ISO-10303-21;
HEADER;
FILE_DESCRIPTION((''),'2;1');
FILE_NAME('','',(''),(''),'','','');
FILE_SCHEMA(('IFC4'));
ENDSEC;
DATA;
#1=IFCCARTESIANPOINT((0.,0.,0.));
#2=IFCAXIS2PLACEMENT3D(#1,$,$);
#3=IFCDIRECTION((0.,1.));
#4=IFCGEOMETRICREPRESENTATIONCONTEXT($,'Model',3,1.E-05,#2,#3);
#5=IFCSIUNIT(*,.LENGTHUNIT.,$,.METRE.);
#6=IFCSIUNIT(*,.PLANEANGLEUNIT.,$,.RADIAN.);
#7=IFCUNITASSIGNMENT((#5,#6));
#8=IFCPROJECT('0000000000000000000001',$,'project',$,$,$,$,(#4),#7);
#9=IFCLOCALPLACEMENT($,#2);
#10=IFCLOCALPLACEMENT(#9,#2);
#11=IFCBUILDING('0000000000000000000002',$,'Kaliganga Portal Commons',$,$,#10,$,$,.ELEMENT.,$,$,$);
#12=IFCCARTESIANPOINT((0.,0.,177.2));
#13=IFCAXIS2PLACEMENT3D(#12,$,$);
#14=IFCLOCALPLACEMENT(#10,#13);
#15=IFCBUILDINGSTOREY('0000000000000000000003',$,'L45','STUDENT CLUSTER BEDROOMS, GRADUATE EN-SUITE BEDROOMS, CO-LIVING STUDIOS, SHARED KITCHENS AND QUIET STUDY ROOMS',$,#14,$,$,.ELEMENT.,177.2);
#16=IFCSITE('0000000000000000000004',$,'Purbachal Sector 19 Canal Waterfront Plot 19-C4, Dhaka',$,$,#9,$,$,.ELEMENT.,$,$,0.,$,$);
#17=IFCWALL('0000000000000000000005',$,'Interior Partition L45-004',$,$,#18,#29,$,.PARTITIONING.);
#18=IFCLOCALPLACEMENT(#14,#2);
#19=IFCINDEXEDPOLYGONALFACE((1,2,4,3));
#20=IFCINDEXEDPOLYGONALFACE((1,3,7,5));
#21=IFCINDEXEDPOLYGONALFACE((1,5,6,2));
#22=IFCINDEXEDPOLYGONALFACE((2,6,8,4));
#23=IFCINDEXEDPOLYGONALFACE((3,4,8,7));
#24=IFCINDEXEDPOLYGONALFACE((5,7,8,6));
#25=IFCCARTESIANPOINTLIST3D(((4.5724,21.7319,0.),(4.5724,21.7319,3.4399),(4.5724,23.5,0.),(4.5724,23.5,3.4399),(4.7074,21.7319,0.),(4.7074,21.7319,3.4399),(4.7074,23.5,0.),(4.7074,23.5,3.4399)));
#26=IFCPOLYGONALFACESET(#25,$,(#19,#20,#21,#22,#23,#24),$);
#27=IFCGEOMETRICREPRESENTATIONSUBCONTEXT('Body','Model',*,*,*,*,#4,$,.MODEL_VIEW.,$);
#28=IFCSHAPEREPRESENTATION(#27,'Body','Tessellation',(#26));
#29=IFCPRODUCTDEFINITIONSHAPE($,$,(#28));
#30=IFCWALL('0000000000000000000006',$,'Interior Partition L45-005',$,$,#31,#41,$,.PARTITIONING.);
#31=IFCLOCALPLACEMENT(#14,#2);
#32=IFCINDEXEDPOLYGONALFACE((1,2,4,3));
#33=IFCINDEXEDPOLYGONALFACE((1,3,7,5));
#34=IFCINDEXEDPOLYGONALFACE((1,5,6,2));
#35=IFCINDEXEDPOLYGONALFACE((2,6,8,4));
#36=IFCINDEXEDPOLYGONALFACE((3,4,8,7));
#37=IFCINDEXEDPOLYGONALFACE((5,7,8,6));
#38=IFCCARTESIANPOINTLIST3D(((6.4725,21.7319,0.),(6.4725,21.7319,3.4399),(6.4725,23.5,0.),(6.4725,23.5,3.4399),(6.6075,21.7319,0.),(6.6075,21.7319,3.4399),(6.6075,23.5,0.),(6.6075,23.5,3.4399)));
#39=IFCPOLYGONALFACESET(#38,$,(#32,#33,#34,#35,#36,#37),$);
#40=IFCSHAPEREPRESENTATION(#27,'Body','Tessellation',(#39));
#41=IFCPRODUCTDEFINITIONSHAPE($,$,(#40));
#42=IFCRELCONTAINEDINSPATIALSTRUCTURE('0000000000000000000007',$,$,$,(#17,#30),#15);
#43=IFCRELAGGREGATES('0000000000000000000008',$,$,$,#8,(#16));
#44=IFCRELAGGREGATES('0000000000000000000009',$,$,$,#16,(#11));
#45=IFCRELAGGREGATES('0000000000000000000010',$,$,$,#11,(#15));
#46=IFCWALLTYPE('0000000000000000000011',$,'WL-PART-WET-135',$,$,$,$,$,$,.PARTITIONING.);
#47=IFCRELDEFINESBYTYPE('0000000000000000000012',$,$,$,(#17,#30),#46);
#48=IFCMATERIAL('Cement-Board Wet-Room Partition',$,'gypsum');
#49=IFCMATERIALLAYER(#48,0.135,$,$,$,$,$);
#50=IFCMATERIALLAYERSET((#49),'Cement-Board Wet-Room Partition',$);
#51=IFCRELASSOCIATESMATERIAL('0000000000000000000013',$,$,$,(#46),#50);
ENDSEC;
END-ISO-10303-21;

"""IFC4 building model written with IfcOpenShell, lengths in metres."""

from ifc_helpers import new_model, si_unit, direction, frame, frame_2d, origin, place, context, subcontext, project, spatial, rectangle, extrude, material, layer, layer_set, type_object, element, save


model = new_model("IFC4")

# Units and contexts
model_context = context("Model", 3, precision=1e-05, world=origin(), true_north=direction((0.0, 1.0)))
body_context = subcontext(model_context, "Body", "Model", "MODEL_VIEW")
ifc_project = project(units=[si_unit("LENGTHUNIT", "METRE"), si_unit("PLANEANGLEUNIT", "RADIAN")], contexts=[model_context])

# Site, building, storey
site_placement = place(None, origin())
site = spatial("IfcSite", under=ifc_project, at=site_placement, Name="Purbachal Sector 19 Canal Waterfront Plot 19-C4, Dhaka", CompositionType="ELEMENT", RefElevation=0.0)
building_placement = place(site_placement, origin())
building = spatial("IfcBuilding", under=site, at=building_placement, Name="Kaliganga Portal Commons", CompositionType="ELEMENT")
storey_placement = place(building_placement, frame((0.0, 0.0, 177.2)))
storey = spatial("IfcBuildingStorey", under=building, at=storey_placement, Name="L45", Description="STUDENT CLUSTER BEDROOMS, GRADUATE EN-SUITE BEDROOMS, CO-LIVING STUDIOS, SHARED KITCHENS AND QUIET STUDY ROOMS", CompositionType="ELEMENT", Elevation=177.2)

# Shared definitions
ifc_material_1 = material(Name="Cement-Board Wet-Room Partition", Category="gypsum")
ifc_layer_1 = layer(ifc_material_1, 0.135)
ifc_layer_set_1 = layer_set([ifc_layer_1], Name="Cement-Board Wet-Room Partition")
wall_type_1 = type_object("IfcWallType", Name="WL-PART-WET-135", PredefinedType="PARTITIONING", material=ifc_layer_set_1)

# Walls
for number, where, z_axis, x_axis, name in (
    (1, (4.6399, 21.7319, 0.0), (0.0, 0.0, 1.0), (0.0, 1.0, 0.0), "Interior Partition L45-004"),
    (2, (6.54, 21.7319, 0.0), (0.0, 0.0, 1.0), (0.0, 1.0, 0.0), "Interior Partition L45-005"),
):
    element("IfcWall", number, at=place(storey_placement, frame(where, z_axis=z_axis, x_axis=x_axis)), inside=storey, type_object=wall_type_1, Name=name, PredefinedType="PARTITIONING", context=body_context, shape_type="SweptSolid", body=[
        extrude(rectangle(XDim=1.7681, YDim=0.135, at=frame_2d((0.884, 0.0))), origin(), (0.0, 0.0, 1.0), 3.4399),
    ])

save(model, "model.ifc")
